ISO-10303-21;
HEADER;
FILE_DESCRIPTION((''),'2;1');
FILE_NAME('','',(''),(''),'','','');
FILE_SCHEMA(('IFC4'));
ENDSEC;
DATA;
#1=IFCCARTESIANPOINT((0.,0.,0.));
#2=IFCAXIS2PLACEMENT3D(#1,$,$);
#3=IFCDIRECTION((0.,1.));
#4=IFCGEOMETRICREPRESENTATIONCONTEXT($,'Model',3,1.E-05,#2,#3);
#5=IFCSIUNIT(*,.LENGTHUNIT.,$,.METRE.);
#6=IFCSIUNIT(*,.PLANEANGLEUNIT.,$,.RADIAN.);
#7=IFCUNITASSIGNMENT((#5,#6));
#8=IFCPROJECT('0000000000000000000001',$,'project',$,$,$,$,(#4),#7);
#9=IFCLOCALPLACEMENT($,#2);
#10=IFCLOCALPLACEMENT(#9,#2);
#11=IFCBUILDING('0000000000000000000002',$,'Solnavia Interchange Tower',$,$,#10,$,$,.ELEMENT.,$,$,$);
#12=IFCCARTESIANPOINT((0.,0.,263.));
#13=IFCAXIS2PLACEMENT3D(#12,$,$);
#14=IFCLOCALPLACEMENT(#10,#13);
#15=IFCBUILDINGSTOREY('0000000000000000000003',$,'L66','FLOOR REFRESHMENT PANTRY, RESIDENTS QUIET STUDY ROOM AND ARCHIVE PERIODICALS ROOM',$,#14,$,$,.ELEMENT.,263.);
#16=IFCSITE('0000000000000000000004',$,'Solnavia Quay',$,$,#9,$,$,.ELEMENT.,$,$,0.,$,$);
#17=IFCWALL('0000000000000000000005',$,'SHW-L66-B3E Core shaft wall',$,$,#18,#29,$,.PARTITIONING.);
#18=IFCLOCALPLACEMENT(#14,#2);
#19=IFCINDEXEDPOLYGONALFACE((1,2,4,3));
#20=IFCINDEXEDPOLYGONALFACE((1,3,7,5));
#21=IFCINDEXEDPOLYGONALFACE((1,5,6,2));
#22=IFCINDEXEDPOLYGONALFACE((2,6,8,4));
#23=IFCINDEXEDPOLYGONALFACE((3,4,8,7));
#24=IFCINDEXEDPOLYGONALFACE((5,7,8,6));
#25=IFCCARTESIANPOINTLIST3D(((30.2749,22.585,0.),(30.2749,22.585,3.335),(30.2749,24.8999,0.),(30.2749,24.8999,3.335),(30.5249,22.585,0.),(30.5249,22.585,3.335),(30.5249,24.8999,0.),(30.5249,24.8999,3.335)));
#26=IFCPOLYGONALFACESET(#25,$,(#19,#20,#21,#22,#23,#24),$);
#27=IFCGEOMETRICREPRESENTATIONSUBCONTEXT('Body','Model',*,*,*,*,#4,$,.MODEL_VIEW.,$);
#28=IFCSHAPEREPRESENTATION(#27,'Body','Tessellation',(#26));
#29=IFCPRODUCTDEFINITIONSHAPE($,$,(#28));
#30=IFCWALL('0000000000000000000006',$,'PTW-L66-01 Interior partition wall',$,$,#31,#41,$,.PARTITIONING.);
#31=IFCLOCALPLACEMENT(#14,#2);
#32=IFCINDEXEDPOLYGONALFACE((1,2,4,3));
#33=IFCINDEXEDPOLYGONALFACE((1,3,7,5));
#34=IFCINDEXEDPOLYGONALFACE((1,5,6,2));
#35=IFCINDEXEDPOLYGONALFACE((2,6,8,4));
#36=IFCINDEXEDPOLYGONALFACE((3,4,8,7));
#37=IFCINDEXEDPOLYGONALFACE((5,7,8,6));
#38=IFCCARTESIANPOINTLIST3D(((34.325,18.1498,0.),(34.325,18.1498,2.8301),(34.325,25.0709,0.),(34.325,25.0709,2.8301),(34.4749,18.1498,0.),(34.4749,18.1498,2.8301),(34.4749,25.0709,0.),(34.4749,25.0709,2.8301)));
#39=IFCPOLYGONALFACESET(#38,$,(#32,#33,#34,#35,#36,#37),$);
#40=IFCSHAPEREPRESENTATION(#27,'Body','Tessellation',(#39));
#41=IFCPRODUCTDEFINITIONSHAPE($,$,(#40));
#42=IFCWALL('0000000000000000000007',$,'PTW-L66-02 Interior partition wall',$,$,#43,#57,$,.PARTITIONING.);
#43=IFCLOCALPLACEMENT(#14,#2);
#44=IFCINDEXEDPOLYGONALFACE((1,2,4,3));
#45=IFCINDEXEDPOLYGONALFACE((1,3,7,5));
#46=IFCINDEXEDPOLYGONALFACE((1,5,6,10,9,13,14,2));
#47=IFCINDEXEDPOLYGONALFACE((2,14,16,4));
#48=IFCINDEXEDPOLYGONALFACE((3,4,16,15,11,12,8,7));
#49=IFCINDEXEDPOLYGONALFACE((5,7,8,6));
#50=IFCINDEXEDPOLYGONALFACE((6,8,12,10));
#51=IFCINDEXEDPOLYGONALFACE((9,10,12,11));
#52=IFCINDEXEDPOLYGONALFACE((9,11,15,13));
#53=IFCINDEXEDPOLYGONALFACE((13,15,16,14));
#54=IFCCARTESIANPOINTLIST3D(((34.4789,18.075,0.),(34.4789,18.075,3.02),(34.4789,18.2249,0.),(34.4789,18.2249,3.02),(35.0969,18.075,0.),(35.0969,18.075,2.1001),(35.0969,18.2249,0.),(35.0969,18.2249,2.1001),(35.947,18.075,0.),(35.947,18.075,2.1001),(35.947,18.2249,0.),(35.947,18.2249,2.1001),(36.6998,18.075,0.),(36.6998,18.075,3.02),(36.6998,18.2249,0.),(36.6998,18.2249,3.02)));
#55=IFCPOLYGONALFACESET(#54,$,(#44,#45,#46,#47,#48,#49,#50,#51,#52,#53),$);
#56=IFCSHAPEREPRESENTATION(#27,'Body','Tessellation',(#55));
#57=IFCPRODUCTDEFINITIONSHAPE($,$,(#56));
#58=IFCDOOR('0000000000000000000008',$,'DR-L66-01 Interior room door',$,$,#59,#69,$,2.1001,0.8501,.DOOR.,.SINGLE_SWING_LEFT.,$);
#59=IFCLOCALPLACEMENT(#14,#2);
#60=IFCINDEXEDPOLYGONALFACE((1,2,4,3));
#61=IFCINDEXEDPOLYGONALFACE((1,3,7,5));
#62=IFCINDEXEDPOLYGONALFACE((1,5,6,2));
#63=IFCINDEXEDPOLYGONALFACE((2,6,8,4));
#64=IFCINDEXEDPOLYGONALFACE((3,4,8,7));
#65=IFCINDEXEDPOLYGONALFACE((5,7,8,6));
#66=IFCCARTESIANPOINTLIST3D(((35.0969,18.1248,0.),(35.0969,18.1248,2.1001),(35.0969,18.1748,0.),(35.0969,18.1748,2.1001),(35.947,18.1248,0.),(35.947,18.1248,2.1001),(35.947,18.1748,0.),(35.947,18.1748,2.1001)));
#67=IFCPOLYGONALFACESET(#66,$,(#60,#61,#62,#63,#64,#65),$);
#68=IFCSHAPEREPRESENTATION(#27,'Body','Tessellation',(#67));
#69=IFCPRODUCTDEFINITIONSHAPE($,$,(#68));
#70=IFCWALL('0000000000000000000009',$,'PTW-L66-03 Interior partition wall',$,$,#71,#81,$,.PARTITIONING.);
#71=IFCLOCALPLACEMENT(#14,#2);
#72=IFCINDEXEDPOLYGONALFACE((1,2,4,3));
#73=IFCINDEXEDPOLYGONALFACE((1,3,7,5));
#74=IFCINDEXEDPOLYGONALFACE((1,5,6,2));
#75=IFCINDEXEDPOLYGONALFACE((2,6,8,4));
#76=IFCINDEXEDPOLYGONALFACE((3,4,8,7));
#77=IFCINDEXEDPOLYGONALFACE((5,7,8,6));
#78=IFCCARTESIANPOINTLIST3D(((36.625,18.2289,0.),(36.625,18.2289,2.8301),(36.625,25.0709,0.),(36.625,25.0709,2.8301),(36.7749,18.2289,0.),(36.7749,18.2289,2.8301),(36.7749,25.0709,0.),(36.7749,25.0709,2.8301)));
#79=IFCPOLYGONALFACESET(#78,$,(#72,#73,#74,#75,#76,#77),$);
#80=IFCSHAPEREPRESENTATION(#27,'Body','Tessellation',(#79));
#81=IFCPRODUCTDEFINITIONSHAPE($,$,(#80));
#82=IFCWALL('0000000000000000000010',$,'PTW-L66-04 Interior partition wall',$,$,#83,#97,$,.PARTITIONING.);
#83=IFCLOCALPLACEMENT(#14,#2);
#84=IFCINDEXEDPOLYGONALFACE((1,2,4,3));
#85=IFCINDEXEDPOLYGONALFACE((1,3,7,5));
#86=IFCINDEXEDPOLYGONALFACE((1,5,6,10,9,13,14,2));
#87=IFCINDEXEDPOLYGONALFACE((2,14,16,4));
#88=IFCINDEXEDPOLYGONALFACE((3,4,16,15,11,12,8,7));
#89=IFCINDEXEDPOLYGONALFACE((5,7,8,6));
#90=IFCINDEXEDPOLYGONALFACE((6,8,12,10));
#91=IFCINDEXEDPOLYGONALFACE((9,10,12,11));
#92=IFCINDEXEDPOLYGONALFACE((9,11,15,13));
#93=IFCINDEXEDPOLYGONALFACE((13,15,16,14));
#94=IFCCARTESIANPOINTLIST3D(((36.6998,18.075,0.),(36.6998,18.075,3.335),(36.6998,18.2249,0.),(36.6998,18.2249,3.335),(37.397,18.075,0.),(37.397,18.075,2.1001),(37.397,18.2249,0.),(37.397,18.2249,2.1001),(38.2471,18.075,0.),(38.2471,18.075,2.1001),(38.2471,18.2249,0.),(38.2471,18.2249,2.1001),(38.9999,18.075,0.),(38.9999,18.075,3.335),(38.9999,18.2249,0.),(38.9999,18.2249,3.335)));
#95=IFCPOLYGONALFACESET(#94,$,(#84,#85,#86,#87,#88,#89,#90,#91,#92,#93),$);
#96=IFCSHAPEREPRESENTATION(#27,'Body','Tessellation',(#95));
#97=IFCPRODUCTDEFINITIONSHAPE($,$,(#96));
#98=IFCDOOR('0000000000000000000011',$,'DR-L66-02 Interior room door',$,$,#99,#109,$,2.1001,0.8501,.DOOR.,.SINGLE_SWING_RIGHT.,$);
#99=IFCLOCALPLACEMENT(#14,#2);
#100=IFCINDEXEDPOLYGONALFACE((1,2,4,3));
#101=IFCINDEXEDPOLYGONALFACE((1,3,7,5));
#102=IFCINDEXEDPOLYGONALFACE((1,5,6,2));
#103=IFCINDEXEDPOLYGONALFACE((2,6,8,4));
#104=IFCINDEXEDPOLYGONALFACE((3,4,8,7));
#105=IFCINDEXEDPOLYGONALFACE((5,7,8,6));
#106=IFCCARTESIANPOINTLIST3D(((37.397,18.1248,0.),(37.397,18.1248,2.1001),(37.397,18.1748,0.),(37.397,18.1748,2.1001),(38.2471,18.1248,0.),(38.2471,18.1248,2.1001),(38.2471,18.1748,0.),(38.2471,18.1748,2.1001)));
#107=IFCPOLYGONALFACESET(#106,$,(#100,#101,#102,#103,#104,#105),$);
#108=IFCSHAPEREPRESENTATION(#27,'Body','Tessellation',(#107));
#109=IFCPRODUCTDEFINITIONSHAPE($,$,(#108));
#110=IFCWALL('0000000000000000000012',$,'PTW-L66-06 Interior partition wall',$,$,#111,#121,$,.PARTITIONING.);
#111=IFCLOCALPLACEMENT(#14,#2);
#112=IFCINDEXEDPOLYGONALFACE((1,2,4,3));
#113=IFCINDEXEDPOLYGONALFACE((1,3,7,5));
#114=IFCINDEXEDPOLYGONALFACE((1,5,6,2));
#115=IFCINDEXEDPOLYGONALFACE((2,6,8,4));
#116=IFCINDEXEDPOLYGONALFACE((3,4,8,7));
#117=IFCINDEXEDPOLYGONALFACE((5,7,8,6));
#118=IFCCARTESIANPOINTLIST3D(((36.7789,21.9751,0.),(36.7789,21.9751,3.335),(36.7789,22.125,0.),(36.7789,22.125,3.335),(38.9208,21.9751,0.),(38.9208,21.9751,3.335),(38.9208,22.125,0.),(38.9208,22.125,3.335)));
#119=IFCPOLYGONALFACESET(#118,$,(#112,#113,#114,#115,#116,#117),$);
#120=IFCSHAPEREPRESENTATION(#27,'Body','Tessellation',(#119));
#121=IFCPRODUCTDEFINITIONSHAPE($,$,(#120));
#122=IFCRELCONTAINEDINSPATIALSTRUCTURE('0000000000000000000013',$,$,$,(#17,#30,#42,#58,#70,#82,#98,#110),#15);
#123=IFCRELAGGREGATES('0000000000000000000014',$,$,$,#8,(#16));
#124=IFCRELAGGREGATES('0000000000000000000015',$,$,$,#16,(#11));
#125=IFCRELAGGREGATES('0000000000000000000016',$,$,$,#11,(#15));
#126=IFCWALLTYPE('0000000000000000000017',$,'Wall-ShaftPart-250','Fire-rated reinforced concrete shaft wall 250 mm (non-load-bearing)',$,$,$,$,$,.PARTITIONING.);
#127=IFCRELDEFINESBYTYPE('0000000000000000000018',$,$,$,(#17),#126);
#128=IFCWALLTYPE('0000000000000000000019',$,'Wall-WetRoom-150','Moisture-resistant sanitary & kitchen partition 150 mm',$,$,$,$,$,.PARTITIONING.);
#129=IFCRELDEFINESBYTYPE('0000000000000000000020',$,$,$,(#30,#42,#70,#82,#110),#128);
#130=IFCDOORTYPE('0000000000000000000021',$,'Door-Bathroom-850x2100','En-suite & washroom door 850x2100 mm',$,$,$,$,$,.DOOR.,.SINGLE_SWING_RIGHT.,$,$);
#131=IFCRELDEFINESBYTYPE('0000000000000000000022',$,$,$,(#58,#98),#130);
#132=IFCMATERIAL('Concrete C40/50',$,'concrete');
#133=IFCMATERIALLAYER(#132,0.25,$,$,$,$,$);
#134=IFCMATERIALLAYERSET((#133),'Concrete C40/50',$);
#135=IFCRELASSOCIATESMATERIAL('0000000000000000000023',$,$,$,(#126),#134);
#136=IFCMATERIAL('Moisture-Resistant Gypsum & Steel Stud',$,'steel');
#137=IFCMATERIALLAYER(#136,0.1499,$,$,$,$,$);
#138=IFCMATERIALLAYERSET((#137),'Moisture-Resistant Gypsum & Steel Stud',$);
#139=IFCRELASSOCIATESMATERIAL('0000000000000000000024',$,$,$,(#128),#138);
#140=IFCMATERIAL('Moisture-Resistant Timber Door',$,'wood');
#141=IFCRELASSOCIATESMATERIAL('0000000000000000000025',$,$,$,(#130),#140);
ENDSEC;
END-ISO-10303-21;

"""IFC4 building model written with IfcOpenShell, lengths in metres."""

from ifc_helpers import new_model, si_unit, direction, frame, frame_2d, origin, place, context, subcontext, project, spatial, rectangle, extrude, material, layer, layer_set, type_object, element, fill, save


model = new_model("IFC4")

# Units and contexts
model_context = context("Model", 3, precision=1e-05, world=origin(), true_north=direction((0.0, 1.0)))
body_context = subcontext(model_context, "Body", "Model", "MODEL_VIEW")
ifc_project = project(units=[si_unit("LENGTHUNIT", "METRE"), si_unit("PLANEANGLEUNIT", "RADIAN")], contexts=[model_context])

# Site, building, storey
site_placement = place(None, origin())
site = spatial("IfcSite", under=ifc_project, at=site_placement, Name="Solnavia Quay", CompositionType="ELEMENT", RefElevation=0.0)
building_placement = place(site_placement, origin())
building = spatial("IfcBuilding", under=site, at=building_placement, Name="Solnavia Interchange Tower", CompositionType="ELEMENT")
storey_placement = place(building_placement, frame((0.0, 0.0, 263.0)))
storey = spatial("IfcBuildingStorey", under=building, at=storey_placement, Name="L66", Description="FLOOR REFRESHMENT PANTRY, RESIDENTS QUIET STUDY ROOM AND ARCHIVE PERIODICALS ROOM", CompositionType="ELEMENT", Elevation=263.0)

# Shared definitions
ifc_material_1 = material(Name="Concrete C40/50", Category="concrete")

# Shared definitions
ifc_layer_1 = layer(ifc_material_1, 0.25)
ifc_layer_set_1 = layer_set([ifc_layer_1], Name="Concrete C40/50")
wall_type_1 = type_object("IfcWallType", Name="Wall-ShaftPart-250", Description="Fire-rated reinforced concrete shaft wall 250 mm (non-load-bearing)", PredefinedType="PARTITIONING", material=ifc_layer_set_1)

# Walls
wall_1_placement = place(storey_placement, frame((30.3999, 22.585, 0.0), z_axis=(0.0, 0.0, 1.0), x_axis=(0.0, 1.0, 0.0)))
element("IfcWall", 1, at=wall_1_placement, inside=storey, type_object=wall_type_1, Name="SHW-L66-B3E Core shaft wall", PredefinedType="PARTITIONING", context=body_context, shape_type="SweptSolid", body=[
    extrude(rectangle(XDim=2.3149, YDim=0.25, at=frame_2d((1.1575, 0.0))), origin(), (0.0, 0.0, 1.0), 3.335),
])
ifc_material_2 = material(Name="Moisture-Resistant Gypsum & Steel Stud", Category="steel")
ifc_layer_2 = layer(ifc_material_2, 0.1499)
ifc_layer_set_2 = layer_set([ifc_layer_2], Name="Moisture-Resistant Gypsum & Steel Stud")
wall_type_2 = type_object("IfcWallType", Name="Wall-WetRoom-150", Description="Moisture-resistant sanitary & kitchen partition 150 mm", PredefinedType="PARTITIONING", material=ifc_layer_set_2)
wall_2_placement = place(storey_placement, frame((34.3999, 18.1499, 0.0), z_axis=(0.0, 0.0, 1.0), x_axis=(0.0, 1.0, 0.0)))
element("IfcWall", 2, at=wall_2_placement, inside=storey, type_object=wall_type_2, Name="PTW-L66-01 Interior partition wall", PredefinedType="PARTITIONING", context=body_context, shape_type="SweptSolid", body=[
    extrude(rectangle(XDim=6.9211, YDim=0.1499, at=frame_2d((3.4604, 0.0))), origin(), (0.0, 0.0, 1.0), 2.8301),
])

# Wall, opening, door
wall_3_placement = place(storey_placement, frame((34.479, 18.1499, 0.0), z_axis=(0.0, 0.0, 1.0), x_axis=(1.0, 0.0, 0.0)))
wall_3 = element("IfcWall", 3, at=wall_3_placement, inside=storey, type_object=wall_type_2, Name="PTW-L66-02 Interior partition wall", PredefinedType="PARTITIONING", context=body_context, shape_type="SweptSolid", body=[
    extrude(rectangle(XDim=2.2209, YDim=0.1499, at=frame_2d((1.1104, 0.0))), origin(), (0.0, 0.0, 1.0), 3.02),
])
opening_1_placement = place(wall_3_placement, frame((0.6179, 0.0, 0.0)))
opening_1 = element("IfcOpeningElement", 4, at=opening_1_placement, cuts=wall_3, PredefinedType="OPENING", context=body_context, shape_type="SweptSolid", body=[
    extrude(rectangle(XDim=0.8501, YDim=2.1001, at=frame_2d((0.425, 1.05))), frame((0.0, 0.085, 0.0), z_axis=(0.0, -1.0, 0.0), x_axis=(1.0, 0.0, 0.0)), (0.0, 0.0, 1.0), 0.1699),
])
ifc_material_3 = material(Name="Moisture-Resistant Timber Door", Category="wood")
door_type_1 = type_object("IfcDoorType", Name="Door-Bathroom-850x2100", Description="En-suite & washroom door 850x2100 mm", OperationType="SINGLE_SWING_RIGHT", PredefinedType="DOOR", material=ifc_material_3)
door_1_placement = place(opening_1_placement, origin())
door_1 = element("IfcDoor", 5, at=door_1_placement, inside=storey, type_object=door_type_1, Name="DR-L66-01 Interior room door", OperationType="SINGLE_SWING_LEFT", OverallHeight=2.1001, OverallWidth=0.8501, PredefinedType="DOOR", context=body_context, shape_type="SweptSolid", body=[
    extrude(rectangle(XDim=0.8501, YDim=2.1001, at=frame_2d((0.425, 1.05))), frame((0.0, 0.0249, 0.0), z_axis=(0.0, -1.0, 0.0), x_axis=(1.0, 0.0, 0.0)), (0.0, 0.0, 1.0), 0.05),
])
fill(opening_1, door_1)

# Wall
wall_4_placement = place(storey_placement, frame((36.7, 18.229, 0.0), z_axis=(0.0, 0.0, 1.0), x_axis=(0.0, 1.0, 0.0)))
element("IfcWall", 6, at=wall_4_placement, inside=storey, type_object=wall_type_2, Name="PTW-L66-03 Interior partition wall", PredefinedType="PARTITIONING", context=body_context, shape_type="SweptSolid", body=[
    extrude(rectangle(XDim=6.842, YDim=0.1499, at=frame_2d((3.4209, 0.0))), origin(), (0.0, 0.0, 1.0), 2.8301),
])

# Wall, opening, door
wall_5_placement = place(storey_placement, frame((36.7, 18.1499, 0.0), z_axis=(0.0, 0.0, 1.0), x_axis=(1.0, 0.0, 0.0)))
wall_5 = element("IfcWall", 7, at=wall_5_placement, inside=storey, type_object=wall_type_2, Name="PTW-L66-04 Interior partition wall", PredefinedType="PARTITIONING", context=body_context, shape_type="SweptSolid", body=[
    extrude(rectangle(XDim=2.3, YDim=0.1499, at=frame_2d((1.1499, 0.0))), origin(), (0.0, 0.0, 1.0), 3.335),
])
opening_2_placement = place(wall_5_placement, frame((0.697, 0.0, 0.0)))
opening_2 = element("IfcOpeningElement", 8, at=opening_2_placement, cuts=wall_5, PredefinedType="OPENING", context=body_context, shape_type="SweptSolid", body=[
    extrude(rectangle(XDim=0.8501, YDim=2.1001, at=frame_2d((0.425, 1.05))), frame((0.0, 0.085, 0.0), z_axis=(0.0, -1.0, 0.0), x_axis=(1.0, 0.0, 0.0)), (0.0, 0.0, 1.0), 0.1699),
])
door_2_placement = place(opening_2_placement, origin())
door_2 = element("IfcDoor", 9, at=door_2_placement, inside=storey, type_object=door_type_1, Name="DR-L66-02 Interior room door", OperationType="SINGLE_SWING_RIGHT", OverallHeight=2.1001, OverallWidth=0.8501, PredefinedType="DOOR", context=body_context, shape_type="SweptSolid", body=[
    extrude(rectangle(XDim=0.8501, YDim=2.1001, at=frame_2d((0.425, 1.05))), frame((0.0, 0.0249, 0.0), z_axis=(0.0, -1.0, 0.0), x_axis=(1.0, 0.0, 0.0)), (0.0, 0.0, 1.0), 0.05),
])
fill(opening_2, door_2)

# Wall
wall_6_placement = place(storey_placement, frame((36.7791, 22.05, 0.0), z_axis=(0.0, 0.0, 1.0), x_axis=(1.0, 0.0, 0.0)))
element("IfcWall", 10, at=wall_6_placement, inside=storey, type_object=wall_type_2, Name="PTW-L66-06 Interior partition wall", PredefinedType="PARTITIONING", context=body_context, shape_type="SweptSolid", body=[
    extrude(rectangle(XDim=2.1418, YDim=0.1499, at=frame_2d((1.0708, 0.0))), origin(), (0.0, 0.0, 1.0), 3.335),
])

save(model, "model.ifc")
